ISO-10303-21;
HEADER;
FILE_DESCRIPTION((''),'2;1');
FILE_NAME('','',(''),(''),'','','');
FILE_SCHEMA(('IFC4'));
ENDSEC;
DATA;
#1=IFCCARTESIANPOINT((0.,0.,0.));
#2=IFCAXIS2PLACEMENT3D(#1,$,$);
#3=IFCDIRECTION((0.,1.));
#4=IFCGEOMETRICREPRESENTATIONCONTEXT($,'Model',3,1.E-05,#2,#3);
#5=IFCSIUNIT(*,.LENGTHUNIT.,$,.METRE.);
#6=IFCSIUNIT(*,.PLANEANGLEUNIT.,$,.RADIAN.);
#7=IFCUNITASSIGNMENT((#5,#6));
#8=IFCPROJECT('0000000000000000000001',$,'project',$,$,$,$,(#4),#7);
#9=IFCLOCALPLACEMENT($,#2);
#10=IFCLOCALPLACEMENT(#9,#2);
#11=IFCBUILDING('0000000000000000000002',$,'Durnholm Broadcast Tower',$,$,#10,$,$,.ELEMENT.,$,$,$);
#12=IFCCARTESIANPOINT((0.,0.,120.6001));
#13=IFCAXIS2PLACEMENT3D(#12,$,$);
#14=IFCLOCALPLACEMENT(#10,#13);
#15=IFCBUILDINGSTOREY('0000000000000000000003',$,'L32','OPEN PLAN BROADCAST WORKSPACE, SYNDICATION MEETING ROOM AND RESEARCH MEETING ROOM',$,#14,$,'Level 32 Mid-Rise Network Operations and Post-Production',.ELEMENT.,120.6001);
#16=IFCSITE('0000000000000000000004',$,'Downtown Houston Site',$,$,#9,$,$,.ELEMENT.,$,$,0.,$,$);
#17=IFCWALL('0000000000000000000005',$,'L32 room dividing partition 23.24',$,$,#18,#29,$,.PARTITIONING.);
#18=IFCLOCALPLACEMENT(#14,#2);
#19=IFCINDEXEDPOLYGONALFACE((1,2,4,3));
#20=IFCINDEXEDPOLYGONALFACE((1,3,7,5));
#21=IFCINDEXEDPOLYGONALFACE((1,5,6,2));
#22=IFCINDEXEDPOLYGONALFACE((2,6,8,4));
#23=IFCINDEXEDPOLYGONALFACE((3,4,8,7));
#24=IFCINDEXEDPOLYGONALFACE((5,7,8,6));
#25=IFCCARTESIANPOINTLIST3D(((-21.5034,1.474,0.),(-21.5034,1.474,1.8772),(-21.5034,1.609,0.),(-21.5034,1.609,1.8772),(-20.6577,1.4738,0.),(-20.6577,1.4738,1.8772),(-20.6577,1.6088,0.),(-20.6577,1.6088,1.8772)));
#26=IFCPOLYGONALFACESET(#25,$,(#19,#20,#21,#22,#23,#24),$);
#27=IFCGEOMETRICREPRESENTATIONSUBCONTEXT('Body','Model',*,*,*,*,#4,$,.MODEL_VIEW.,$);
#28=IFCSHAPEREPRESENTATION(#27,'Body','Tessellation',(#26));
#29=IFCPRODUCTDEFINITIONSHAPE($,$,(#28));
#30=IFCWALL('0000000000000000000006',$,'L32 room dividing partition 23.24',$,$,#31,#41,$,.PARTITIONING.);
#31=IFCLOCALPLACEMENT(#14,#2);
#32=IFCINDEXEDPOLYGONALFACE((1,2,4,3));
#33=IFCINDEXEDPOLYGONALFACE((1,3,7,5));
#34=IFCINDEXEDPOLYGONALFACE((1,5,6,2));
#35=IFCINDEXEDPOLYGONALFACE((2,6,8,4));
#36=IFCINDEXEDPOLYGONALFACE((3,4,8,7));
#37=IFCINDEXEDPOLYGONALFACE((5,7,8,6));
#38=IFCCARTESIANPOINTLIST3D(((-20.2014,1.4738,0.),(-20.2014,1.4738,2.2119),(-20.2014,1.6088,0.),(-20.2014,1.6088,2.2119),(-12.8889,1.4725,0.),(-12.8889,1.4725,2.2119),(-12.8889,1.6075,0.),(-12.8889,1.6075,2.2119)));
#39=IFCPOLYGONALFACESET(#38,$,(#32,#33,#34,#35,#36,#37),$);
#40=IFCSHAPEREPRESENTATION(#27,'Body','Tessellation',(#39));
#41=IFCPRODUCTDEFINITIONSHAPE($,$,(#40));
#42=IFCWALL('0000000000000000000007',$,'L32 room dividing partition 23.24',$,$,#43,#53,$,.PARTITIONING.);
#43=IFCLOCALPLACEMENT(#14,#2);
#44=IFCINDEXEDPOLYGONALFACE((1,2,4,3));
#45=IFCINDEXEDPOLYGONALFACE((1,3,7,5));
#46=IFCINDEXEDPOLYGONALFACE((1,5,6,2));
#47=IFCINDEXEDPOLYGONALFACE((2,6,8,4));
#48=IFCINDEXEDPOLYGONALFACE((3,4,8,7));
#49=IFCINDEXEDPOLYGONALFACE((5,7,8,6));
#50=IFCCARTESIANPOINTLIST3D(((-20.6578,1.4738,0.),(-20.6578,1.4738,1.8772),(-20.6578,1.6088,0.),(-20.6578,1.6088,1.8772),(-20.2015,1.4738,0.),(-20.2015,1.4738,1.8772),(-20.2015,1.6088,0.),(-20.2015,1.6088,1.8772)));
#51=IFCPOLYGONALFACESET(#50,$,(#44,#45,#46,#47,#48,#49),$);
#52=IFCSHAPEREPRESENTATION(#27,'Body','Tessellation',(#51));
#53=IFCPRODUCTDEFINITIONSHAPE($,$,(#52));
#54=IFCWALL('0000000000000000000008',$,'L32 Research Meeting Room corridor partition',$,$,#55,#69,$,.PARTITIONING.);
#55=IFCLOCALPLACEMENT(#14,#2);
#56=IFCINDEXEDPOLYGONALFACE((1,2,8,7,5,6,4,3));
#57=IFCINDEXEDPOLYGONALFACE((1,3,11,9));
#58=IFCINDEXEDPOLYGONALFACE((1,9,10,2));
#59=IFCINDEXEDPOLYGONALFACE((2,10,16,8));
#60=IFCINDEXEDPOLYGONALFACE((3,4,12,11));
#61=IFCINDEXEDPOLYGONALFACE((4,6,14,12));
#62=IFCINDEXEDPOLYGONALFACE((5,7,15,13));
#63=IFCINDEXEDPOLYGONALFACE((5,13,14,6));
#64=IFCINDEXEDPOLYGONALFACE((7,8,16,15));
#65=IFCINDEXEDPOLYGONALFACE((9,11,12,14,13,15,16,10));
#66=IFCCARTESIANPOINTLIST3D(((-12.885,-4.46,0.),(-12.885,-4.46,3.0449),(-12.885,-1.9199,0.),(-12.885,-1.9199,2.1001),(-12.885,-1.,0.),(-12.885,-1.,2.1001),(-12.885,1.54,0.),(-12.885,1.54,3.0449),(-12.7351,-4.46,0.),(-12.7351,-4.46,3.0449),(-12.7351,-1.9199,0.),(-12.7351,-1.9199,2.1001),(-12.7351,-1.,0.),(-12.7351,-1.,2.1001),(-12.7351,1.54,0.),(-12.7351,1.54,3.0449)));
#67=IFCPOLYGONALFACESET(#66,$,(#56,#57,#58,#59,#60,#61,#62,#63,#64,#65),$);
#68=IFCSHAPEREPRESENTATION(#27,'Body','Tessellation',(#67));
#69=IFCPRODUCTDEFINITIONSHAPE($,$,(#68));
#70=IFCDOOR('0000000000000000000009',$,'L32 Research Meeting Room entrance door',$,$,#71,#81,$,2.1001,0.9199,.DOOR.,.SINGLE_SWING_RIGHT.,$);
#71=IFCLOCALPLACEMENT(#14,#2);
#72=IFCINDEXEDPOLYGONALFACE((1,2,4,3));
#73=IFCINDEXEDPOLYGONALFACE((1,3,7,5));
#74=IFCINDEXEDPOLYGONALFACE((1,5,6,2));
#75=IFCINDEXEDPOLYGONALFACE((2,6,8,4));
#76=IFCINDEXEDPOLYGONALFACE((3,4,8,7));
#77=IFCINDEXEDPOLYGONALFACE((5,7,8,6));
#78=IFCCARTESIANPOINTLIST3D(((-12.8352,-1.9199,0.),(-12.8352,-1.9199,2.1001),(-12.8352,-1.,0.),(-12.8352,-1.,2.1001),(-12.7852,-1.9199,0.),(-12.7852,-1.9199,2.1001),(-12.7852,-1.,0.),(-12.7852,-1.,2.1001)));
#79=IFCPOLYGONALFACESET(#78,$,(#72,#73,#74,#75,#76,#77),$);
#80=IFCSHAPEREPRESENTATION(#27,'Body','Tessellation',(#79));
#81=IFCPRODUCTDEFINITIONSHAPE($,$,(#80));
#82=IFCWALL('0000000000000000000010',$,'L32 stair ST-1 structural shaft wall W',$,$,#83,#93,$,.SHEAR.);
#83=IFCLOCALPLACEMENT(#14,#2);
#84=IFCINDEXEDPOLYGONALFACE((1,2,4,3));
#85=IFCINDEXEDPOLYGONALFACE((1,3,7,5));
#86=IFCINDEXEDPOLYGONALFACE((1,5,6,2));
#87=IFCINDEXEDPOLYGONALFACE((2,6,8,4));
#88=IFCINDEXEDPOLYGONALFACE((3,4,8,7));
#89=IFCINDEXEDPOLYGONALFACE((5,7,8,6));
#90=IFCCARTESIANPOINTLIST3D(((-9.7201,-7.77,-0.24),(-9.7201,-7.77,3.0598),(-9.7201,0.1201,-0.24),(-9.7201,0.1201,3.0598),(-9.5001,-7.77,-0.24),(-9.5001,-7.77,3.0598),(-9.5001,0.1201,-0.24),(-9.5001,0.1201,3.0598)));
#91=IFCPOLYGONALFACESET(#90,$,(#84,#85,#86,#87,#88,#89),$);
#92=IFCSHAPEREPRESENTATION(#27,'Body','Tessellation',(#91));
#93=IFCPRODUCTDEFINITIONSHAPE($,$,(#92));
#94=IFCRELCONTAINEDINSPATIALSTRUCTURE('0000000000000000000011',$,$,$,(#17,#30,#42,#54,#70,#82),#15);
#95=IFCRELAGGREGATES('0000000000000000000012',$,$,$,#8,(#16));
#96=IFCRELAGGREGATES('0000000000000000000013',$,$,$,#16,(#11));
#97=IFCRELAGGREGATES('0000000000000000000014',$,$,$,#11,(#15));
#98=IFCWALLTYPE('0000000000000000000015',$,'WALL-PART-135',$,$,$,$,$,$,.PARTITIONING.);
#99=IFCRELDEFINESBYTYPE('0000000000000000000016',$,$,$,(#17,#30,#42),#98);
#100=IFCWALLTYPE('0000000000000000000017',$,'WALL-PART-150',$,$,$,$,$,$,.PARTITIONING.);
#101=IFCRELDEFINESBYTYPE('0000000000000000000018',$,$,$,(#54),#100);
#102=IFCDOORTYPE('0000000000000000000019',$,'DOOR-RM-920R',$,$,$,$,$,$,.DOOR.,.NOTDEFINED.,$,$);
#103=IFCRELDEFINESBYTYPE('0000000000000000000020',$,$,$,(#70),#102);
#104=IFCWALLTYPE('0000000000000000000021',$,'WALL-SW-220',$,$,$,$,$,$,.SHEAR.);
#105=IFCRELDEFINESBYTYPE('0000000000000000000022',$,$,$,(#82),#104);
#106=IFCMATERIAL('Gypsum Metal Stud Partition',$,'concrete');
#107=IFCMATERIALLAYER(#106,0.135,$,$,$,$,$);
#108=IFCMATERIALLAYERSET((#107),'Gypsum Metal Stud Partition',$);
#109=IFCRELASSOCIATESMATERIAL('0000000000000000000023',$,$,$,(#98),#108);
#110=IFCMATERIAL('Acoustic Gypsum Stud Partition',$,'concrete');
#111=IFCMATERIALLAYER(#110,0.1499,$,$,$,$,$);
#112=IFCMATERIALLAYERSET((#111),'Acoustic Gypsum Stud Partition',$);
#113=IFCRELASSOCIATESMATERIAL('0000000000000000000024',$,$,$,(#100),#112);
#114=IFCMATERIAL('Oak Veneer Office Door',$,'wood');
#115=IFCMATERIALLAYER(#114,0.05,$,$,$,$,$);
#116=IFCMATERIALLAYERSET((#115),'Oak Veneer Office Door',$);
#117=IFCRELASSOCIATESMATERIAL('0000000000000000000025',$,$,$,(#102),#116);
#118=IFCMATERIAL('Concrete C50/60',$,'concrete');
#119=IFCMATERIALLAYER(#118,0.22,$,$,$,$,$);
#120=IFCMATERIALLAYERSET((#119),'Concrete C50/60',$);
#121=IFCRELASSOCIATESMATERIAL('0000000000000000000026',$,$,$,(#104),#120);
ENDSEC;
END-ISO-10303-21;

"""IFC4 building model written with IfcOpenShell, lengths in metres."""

from ifc_helpers import new_model, si_unit, direction, frame, frame_2d, origin, place, context, subcontext, project, spatial, rectangle, extrude, source, transform, mapped, material, layer, layer_set, type_object, type_shapes, element, fill, save


model = new_model("IFC4")

# Units and contexts
model_context = context("Model", 3, precision=1e-05, world=origin(), true_north=direction((0.0, 1.0)))
body_context = subcontext(model_context, "Body", "Model", "MODEL_VIEW")
ifc_project = project(units=[si_unit("LENGTHUNIT", "METRE"), si_unit("PLANEANGLEUNIT", "RADIAN")], contexts=[model_context])

# Site, building, storey
site_placement = place(None, origin())
site = spatial("IfcSite", under=ifc_project, at=site_placement, Name="Downtown Houston Site", CompositionType="ELEMENT", RefElevation=0.0)
building_placement = place(site_placement, origin())
building = spatial("IfcBuilding", under=site, at=building_placement, Name="Durnholm Broadcast Tower", CompositionType="ELEMENT")
storey_placement = place(building_placement, frame((0.0, 0.0, 120.6001)))
storey = spatial("IfcBuildingStorey", under=building, at=storey_placement, Name="L32", Description="OPEN PLAN BROADCAST WORKSPACE, SYNDICATION MEETING ROOM AND RESEARCH MEETING ROOM", LongName="Level 32 Mid-Rise Network Operations and Post-Production", CompositionType="ELEMENT", Elevation=120.6001)

# Walls
ifc_material_1 = material(Name="Gypsum Metal Stud Partition", Category="concrete")
ifc_layer_1 = layer(ifc_material_1, 0.135)
ifc_layer_set_1 = layer_set([ifc_layer_1], Name="Gypsum Metal Stud Partition")
wall_type_1 = type_object("IfcWallType", Name="WALL-PART-135", PredefinedType="PARTITIONING", material=ifc_layer_set_1)
wall_1_placement = place(storey_placement, frame((-21.5034, 1.5415, 0.0), z_axis=(0.0, 0.0, 1.0), x_axis=(1.0, -0.000289, 0.0)))
element("IfcWall", 1, at=wall_1_placement, inside=storey, type_object=wall_type_1, Name="L32 room dividing partition 23.24", PredefinedType="PARTITIONING", context=body_context, shape_type="SweptSolid", body=[
    extrude(rectangle(XDim=0.8457, YDim=0.135, at=frame_2d((0.4229, 0.0))), origin(), (0.0, 0.0, 1.0), 1.8772),
])
wall_2_placement = place(storey_placement, frame((-20.2014, 1.5413, 0.0), z_axis=(0.0, 0.0, 1.0), x_axis=(1.0, -0.000167, 0.0)))
element("IfcWall", 2, at=wall_2_placement, inside=storey, type_object=wall_type_1, Name="L32 room dividing partition 23.24", PredefinedType="PARTITIONING", context=body_context, shape_type="SweptSolid", body=[
    extrude(rectangle(XDim=7.3125, YDim=0.135, at=frame_2d((3.6562, 0.0))), origin(), (0.0, 0.0, 1.0), 2.2119),
])
wall_3_placement = place(storey_placement, frame((-20.6577, 1.5413, 0.0), z_axis=(0.0, 0.0, 1.0), x_axis=(1.0, 0.0, 0.0)))
element("IfcWall", 3, at=wall_3_placement, inside=storey, type_object=wall_type_1, Name="L32 room dividing partition 23.24", PredefinedType="PARTITIONING", context=body_context, shape_type="SweptSolid", body=[
    extrude(rectangle(XDim=0.4563, YDim=0.135, at=frame_2d((0.228, 0.0))), origin(), (0.0, 0.0, 1.0), 1.8772),
])

# Wall, opening, door
ifc_material_2 = material(Name="Acoustic Gypsum Stud Partition", Category="concrete")
ifc_layer_2 = layer(ifc_material_2, 0.1499)
ifc_layer_set_2 = layer_set([ifc_layer_2], Name="Acoustic Gypsum Stud Partition")
wall_type_2 = type_object("IfcWallType", Name="WALL-PART-150", PredefinedType="PARTITIONING", material=ifc_layer_set_2)
wall_4_placement = place(storey_placement, frame((-12.8101, 1.54, 0.0), z_axis=(0.0, 0.0, 1.0), x_axis=(0.0, -1.0, 0.0)))
wall_4 = element("IfcWall", 4, at=wall_4_placement, inside=storey, type_object=wall_type_2, Name="L32 Research Meeting Room corridor partition", PredefinedType="PARTITIONING", context=body_context, shape_type="SweptSolid", body=[
    extrude(rectangle(XDim=6.0, YDim=0.1499, at=frame_2d((3.0, 0.0))), origin(), (0.0, 0.0, 1.0), 3.0449),
])
opening_1_placement = place(wall_4_placement, frame((2.54, 0.0, 0.0)))
opening_1 = element("IfcOpeningElement", 5, at=opening_1_placement, cuts=wall_4, PredefinedType="OPENING", context=body_context, shape_type="SweptSolid", body=[
    extrude(rectangle(XDim=0.9199, YDim=2.1001, at=frame_2d((0.46, 1.05))), frame((0.0, 0.085, 0.0), z_axis=(0.0, -1.0, 0.0), x_axis=(1.0, 0.0, 0.0)), (0.0, 0.0, 1.0), 0.1699),
])
ifc_material_3 = material(Name="Oak Veneer Office Door", Category="wood")
ifc_layer_3 = layer(ifc_material_3, 0.05)
ifc_layer_set_3 = layer_set([ifc_layer_3], Name="Oak Veneer Office Door")
door_type_1 = type_object("IfcDoorType", Name="DOOR-RM-920R", OperationType="NOTDEFINED", PredefinedType="DOOR", material=ifc_layer_set_3)
shared_shape_1 = source(origin(), body_context, "Body", "SweptSolid", [
    extrude(rectangle(XDim=0.9199, YDim=2.1001, at=frame_2d((0.46, 1.05))), frame((0.0, 0.0249, 0.0), z_axis=(0.0, -1.0, 0.0), x_axis=(1.0, 0.0, 0.0)), (0.0, 0.0, 1.0), 0.05),
])
type_shapes(door_type_1, [shared_shape_1])
door_1_placement = place(opening_1_placement, origin())
door_1 = element("IfcDoor", 6, at=door_1_placement, inside=storey, type_object=door_type_1, Name="L32 Research Meeting Room entrance door", OperationType="SINGLE_SWING_RIGHT", OverallHeight=2.1001, OverallWidth=0.9199, PredefinedType="DOOR", context=body_context, shape_type="MappedRepresentation", body=[
    mapped(shared_shape_1, transform((0.0, 0.0, 0.0), x_axis=(1.0, 0.0, 0.0), y_axis=(0.0, 1.0, 0.0), z_axis=(0.0, 0.0, 1.0), scale=1.0)),
])
fill(opening_1, door_1)

# Wall
ifc_material_4 = material(Name="Concrete C50/60", Category="concrete")
ifc_layer_4 = layer(ifc_material_4, 0.22)
ifc_layer_set_4 = layer_set([ifc_layer_4], Name="Concrete C50/60")
wall_type_3 = type_object("IfcWallType", Name="WALL-SW-220", PredefinedType="SHEAR", material=ifc_layer_set_4)
wall_5_placement = place(storey_placement, frame((-9.6101, 0.1201, -0.24), z_axis=(0.0, 0.0, 1.0), x_axis=(0.0, -1.0, 0.0)))
element("IfcWall", 7, at=wall_5_placement, inside=storey, type_object=wall_type_3, Name="L32 stair ST-1 structural shaft wall W", PredefinedType="SHEAR", context=body_context, shape_type="SweptSolid", body=[
    extrude(rectangle(XDim=7.8901, YDim=0.22, at=frame_2d((3.9451, 0.0))), origin(), (0.0, 0.0, 1.0), 3.2998),
])

save(model, "model.ifc")
